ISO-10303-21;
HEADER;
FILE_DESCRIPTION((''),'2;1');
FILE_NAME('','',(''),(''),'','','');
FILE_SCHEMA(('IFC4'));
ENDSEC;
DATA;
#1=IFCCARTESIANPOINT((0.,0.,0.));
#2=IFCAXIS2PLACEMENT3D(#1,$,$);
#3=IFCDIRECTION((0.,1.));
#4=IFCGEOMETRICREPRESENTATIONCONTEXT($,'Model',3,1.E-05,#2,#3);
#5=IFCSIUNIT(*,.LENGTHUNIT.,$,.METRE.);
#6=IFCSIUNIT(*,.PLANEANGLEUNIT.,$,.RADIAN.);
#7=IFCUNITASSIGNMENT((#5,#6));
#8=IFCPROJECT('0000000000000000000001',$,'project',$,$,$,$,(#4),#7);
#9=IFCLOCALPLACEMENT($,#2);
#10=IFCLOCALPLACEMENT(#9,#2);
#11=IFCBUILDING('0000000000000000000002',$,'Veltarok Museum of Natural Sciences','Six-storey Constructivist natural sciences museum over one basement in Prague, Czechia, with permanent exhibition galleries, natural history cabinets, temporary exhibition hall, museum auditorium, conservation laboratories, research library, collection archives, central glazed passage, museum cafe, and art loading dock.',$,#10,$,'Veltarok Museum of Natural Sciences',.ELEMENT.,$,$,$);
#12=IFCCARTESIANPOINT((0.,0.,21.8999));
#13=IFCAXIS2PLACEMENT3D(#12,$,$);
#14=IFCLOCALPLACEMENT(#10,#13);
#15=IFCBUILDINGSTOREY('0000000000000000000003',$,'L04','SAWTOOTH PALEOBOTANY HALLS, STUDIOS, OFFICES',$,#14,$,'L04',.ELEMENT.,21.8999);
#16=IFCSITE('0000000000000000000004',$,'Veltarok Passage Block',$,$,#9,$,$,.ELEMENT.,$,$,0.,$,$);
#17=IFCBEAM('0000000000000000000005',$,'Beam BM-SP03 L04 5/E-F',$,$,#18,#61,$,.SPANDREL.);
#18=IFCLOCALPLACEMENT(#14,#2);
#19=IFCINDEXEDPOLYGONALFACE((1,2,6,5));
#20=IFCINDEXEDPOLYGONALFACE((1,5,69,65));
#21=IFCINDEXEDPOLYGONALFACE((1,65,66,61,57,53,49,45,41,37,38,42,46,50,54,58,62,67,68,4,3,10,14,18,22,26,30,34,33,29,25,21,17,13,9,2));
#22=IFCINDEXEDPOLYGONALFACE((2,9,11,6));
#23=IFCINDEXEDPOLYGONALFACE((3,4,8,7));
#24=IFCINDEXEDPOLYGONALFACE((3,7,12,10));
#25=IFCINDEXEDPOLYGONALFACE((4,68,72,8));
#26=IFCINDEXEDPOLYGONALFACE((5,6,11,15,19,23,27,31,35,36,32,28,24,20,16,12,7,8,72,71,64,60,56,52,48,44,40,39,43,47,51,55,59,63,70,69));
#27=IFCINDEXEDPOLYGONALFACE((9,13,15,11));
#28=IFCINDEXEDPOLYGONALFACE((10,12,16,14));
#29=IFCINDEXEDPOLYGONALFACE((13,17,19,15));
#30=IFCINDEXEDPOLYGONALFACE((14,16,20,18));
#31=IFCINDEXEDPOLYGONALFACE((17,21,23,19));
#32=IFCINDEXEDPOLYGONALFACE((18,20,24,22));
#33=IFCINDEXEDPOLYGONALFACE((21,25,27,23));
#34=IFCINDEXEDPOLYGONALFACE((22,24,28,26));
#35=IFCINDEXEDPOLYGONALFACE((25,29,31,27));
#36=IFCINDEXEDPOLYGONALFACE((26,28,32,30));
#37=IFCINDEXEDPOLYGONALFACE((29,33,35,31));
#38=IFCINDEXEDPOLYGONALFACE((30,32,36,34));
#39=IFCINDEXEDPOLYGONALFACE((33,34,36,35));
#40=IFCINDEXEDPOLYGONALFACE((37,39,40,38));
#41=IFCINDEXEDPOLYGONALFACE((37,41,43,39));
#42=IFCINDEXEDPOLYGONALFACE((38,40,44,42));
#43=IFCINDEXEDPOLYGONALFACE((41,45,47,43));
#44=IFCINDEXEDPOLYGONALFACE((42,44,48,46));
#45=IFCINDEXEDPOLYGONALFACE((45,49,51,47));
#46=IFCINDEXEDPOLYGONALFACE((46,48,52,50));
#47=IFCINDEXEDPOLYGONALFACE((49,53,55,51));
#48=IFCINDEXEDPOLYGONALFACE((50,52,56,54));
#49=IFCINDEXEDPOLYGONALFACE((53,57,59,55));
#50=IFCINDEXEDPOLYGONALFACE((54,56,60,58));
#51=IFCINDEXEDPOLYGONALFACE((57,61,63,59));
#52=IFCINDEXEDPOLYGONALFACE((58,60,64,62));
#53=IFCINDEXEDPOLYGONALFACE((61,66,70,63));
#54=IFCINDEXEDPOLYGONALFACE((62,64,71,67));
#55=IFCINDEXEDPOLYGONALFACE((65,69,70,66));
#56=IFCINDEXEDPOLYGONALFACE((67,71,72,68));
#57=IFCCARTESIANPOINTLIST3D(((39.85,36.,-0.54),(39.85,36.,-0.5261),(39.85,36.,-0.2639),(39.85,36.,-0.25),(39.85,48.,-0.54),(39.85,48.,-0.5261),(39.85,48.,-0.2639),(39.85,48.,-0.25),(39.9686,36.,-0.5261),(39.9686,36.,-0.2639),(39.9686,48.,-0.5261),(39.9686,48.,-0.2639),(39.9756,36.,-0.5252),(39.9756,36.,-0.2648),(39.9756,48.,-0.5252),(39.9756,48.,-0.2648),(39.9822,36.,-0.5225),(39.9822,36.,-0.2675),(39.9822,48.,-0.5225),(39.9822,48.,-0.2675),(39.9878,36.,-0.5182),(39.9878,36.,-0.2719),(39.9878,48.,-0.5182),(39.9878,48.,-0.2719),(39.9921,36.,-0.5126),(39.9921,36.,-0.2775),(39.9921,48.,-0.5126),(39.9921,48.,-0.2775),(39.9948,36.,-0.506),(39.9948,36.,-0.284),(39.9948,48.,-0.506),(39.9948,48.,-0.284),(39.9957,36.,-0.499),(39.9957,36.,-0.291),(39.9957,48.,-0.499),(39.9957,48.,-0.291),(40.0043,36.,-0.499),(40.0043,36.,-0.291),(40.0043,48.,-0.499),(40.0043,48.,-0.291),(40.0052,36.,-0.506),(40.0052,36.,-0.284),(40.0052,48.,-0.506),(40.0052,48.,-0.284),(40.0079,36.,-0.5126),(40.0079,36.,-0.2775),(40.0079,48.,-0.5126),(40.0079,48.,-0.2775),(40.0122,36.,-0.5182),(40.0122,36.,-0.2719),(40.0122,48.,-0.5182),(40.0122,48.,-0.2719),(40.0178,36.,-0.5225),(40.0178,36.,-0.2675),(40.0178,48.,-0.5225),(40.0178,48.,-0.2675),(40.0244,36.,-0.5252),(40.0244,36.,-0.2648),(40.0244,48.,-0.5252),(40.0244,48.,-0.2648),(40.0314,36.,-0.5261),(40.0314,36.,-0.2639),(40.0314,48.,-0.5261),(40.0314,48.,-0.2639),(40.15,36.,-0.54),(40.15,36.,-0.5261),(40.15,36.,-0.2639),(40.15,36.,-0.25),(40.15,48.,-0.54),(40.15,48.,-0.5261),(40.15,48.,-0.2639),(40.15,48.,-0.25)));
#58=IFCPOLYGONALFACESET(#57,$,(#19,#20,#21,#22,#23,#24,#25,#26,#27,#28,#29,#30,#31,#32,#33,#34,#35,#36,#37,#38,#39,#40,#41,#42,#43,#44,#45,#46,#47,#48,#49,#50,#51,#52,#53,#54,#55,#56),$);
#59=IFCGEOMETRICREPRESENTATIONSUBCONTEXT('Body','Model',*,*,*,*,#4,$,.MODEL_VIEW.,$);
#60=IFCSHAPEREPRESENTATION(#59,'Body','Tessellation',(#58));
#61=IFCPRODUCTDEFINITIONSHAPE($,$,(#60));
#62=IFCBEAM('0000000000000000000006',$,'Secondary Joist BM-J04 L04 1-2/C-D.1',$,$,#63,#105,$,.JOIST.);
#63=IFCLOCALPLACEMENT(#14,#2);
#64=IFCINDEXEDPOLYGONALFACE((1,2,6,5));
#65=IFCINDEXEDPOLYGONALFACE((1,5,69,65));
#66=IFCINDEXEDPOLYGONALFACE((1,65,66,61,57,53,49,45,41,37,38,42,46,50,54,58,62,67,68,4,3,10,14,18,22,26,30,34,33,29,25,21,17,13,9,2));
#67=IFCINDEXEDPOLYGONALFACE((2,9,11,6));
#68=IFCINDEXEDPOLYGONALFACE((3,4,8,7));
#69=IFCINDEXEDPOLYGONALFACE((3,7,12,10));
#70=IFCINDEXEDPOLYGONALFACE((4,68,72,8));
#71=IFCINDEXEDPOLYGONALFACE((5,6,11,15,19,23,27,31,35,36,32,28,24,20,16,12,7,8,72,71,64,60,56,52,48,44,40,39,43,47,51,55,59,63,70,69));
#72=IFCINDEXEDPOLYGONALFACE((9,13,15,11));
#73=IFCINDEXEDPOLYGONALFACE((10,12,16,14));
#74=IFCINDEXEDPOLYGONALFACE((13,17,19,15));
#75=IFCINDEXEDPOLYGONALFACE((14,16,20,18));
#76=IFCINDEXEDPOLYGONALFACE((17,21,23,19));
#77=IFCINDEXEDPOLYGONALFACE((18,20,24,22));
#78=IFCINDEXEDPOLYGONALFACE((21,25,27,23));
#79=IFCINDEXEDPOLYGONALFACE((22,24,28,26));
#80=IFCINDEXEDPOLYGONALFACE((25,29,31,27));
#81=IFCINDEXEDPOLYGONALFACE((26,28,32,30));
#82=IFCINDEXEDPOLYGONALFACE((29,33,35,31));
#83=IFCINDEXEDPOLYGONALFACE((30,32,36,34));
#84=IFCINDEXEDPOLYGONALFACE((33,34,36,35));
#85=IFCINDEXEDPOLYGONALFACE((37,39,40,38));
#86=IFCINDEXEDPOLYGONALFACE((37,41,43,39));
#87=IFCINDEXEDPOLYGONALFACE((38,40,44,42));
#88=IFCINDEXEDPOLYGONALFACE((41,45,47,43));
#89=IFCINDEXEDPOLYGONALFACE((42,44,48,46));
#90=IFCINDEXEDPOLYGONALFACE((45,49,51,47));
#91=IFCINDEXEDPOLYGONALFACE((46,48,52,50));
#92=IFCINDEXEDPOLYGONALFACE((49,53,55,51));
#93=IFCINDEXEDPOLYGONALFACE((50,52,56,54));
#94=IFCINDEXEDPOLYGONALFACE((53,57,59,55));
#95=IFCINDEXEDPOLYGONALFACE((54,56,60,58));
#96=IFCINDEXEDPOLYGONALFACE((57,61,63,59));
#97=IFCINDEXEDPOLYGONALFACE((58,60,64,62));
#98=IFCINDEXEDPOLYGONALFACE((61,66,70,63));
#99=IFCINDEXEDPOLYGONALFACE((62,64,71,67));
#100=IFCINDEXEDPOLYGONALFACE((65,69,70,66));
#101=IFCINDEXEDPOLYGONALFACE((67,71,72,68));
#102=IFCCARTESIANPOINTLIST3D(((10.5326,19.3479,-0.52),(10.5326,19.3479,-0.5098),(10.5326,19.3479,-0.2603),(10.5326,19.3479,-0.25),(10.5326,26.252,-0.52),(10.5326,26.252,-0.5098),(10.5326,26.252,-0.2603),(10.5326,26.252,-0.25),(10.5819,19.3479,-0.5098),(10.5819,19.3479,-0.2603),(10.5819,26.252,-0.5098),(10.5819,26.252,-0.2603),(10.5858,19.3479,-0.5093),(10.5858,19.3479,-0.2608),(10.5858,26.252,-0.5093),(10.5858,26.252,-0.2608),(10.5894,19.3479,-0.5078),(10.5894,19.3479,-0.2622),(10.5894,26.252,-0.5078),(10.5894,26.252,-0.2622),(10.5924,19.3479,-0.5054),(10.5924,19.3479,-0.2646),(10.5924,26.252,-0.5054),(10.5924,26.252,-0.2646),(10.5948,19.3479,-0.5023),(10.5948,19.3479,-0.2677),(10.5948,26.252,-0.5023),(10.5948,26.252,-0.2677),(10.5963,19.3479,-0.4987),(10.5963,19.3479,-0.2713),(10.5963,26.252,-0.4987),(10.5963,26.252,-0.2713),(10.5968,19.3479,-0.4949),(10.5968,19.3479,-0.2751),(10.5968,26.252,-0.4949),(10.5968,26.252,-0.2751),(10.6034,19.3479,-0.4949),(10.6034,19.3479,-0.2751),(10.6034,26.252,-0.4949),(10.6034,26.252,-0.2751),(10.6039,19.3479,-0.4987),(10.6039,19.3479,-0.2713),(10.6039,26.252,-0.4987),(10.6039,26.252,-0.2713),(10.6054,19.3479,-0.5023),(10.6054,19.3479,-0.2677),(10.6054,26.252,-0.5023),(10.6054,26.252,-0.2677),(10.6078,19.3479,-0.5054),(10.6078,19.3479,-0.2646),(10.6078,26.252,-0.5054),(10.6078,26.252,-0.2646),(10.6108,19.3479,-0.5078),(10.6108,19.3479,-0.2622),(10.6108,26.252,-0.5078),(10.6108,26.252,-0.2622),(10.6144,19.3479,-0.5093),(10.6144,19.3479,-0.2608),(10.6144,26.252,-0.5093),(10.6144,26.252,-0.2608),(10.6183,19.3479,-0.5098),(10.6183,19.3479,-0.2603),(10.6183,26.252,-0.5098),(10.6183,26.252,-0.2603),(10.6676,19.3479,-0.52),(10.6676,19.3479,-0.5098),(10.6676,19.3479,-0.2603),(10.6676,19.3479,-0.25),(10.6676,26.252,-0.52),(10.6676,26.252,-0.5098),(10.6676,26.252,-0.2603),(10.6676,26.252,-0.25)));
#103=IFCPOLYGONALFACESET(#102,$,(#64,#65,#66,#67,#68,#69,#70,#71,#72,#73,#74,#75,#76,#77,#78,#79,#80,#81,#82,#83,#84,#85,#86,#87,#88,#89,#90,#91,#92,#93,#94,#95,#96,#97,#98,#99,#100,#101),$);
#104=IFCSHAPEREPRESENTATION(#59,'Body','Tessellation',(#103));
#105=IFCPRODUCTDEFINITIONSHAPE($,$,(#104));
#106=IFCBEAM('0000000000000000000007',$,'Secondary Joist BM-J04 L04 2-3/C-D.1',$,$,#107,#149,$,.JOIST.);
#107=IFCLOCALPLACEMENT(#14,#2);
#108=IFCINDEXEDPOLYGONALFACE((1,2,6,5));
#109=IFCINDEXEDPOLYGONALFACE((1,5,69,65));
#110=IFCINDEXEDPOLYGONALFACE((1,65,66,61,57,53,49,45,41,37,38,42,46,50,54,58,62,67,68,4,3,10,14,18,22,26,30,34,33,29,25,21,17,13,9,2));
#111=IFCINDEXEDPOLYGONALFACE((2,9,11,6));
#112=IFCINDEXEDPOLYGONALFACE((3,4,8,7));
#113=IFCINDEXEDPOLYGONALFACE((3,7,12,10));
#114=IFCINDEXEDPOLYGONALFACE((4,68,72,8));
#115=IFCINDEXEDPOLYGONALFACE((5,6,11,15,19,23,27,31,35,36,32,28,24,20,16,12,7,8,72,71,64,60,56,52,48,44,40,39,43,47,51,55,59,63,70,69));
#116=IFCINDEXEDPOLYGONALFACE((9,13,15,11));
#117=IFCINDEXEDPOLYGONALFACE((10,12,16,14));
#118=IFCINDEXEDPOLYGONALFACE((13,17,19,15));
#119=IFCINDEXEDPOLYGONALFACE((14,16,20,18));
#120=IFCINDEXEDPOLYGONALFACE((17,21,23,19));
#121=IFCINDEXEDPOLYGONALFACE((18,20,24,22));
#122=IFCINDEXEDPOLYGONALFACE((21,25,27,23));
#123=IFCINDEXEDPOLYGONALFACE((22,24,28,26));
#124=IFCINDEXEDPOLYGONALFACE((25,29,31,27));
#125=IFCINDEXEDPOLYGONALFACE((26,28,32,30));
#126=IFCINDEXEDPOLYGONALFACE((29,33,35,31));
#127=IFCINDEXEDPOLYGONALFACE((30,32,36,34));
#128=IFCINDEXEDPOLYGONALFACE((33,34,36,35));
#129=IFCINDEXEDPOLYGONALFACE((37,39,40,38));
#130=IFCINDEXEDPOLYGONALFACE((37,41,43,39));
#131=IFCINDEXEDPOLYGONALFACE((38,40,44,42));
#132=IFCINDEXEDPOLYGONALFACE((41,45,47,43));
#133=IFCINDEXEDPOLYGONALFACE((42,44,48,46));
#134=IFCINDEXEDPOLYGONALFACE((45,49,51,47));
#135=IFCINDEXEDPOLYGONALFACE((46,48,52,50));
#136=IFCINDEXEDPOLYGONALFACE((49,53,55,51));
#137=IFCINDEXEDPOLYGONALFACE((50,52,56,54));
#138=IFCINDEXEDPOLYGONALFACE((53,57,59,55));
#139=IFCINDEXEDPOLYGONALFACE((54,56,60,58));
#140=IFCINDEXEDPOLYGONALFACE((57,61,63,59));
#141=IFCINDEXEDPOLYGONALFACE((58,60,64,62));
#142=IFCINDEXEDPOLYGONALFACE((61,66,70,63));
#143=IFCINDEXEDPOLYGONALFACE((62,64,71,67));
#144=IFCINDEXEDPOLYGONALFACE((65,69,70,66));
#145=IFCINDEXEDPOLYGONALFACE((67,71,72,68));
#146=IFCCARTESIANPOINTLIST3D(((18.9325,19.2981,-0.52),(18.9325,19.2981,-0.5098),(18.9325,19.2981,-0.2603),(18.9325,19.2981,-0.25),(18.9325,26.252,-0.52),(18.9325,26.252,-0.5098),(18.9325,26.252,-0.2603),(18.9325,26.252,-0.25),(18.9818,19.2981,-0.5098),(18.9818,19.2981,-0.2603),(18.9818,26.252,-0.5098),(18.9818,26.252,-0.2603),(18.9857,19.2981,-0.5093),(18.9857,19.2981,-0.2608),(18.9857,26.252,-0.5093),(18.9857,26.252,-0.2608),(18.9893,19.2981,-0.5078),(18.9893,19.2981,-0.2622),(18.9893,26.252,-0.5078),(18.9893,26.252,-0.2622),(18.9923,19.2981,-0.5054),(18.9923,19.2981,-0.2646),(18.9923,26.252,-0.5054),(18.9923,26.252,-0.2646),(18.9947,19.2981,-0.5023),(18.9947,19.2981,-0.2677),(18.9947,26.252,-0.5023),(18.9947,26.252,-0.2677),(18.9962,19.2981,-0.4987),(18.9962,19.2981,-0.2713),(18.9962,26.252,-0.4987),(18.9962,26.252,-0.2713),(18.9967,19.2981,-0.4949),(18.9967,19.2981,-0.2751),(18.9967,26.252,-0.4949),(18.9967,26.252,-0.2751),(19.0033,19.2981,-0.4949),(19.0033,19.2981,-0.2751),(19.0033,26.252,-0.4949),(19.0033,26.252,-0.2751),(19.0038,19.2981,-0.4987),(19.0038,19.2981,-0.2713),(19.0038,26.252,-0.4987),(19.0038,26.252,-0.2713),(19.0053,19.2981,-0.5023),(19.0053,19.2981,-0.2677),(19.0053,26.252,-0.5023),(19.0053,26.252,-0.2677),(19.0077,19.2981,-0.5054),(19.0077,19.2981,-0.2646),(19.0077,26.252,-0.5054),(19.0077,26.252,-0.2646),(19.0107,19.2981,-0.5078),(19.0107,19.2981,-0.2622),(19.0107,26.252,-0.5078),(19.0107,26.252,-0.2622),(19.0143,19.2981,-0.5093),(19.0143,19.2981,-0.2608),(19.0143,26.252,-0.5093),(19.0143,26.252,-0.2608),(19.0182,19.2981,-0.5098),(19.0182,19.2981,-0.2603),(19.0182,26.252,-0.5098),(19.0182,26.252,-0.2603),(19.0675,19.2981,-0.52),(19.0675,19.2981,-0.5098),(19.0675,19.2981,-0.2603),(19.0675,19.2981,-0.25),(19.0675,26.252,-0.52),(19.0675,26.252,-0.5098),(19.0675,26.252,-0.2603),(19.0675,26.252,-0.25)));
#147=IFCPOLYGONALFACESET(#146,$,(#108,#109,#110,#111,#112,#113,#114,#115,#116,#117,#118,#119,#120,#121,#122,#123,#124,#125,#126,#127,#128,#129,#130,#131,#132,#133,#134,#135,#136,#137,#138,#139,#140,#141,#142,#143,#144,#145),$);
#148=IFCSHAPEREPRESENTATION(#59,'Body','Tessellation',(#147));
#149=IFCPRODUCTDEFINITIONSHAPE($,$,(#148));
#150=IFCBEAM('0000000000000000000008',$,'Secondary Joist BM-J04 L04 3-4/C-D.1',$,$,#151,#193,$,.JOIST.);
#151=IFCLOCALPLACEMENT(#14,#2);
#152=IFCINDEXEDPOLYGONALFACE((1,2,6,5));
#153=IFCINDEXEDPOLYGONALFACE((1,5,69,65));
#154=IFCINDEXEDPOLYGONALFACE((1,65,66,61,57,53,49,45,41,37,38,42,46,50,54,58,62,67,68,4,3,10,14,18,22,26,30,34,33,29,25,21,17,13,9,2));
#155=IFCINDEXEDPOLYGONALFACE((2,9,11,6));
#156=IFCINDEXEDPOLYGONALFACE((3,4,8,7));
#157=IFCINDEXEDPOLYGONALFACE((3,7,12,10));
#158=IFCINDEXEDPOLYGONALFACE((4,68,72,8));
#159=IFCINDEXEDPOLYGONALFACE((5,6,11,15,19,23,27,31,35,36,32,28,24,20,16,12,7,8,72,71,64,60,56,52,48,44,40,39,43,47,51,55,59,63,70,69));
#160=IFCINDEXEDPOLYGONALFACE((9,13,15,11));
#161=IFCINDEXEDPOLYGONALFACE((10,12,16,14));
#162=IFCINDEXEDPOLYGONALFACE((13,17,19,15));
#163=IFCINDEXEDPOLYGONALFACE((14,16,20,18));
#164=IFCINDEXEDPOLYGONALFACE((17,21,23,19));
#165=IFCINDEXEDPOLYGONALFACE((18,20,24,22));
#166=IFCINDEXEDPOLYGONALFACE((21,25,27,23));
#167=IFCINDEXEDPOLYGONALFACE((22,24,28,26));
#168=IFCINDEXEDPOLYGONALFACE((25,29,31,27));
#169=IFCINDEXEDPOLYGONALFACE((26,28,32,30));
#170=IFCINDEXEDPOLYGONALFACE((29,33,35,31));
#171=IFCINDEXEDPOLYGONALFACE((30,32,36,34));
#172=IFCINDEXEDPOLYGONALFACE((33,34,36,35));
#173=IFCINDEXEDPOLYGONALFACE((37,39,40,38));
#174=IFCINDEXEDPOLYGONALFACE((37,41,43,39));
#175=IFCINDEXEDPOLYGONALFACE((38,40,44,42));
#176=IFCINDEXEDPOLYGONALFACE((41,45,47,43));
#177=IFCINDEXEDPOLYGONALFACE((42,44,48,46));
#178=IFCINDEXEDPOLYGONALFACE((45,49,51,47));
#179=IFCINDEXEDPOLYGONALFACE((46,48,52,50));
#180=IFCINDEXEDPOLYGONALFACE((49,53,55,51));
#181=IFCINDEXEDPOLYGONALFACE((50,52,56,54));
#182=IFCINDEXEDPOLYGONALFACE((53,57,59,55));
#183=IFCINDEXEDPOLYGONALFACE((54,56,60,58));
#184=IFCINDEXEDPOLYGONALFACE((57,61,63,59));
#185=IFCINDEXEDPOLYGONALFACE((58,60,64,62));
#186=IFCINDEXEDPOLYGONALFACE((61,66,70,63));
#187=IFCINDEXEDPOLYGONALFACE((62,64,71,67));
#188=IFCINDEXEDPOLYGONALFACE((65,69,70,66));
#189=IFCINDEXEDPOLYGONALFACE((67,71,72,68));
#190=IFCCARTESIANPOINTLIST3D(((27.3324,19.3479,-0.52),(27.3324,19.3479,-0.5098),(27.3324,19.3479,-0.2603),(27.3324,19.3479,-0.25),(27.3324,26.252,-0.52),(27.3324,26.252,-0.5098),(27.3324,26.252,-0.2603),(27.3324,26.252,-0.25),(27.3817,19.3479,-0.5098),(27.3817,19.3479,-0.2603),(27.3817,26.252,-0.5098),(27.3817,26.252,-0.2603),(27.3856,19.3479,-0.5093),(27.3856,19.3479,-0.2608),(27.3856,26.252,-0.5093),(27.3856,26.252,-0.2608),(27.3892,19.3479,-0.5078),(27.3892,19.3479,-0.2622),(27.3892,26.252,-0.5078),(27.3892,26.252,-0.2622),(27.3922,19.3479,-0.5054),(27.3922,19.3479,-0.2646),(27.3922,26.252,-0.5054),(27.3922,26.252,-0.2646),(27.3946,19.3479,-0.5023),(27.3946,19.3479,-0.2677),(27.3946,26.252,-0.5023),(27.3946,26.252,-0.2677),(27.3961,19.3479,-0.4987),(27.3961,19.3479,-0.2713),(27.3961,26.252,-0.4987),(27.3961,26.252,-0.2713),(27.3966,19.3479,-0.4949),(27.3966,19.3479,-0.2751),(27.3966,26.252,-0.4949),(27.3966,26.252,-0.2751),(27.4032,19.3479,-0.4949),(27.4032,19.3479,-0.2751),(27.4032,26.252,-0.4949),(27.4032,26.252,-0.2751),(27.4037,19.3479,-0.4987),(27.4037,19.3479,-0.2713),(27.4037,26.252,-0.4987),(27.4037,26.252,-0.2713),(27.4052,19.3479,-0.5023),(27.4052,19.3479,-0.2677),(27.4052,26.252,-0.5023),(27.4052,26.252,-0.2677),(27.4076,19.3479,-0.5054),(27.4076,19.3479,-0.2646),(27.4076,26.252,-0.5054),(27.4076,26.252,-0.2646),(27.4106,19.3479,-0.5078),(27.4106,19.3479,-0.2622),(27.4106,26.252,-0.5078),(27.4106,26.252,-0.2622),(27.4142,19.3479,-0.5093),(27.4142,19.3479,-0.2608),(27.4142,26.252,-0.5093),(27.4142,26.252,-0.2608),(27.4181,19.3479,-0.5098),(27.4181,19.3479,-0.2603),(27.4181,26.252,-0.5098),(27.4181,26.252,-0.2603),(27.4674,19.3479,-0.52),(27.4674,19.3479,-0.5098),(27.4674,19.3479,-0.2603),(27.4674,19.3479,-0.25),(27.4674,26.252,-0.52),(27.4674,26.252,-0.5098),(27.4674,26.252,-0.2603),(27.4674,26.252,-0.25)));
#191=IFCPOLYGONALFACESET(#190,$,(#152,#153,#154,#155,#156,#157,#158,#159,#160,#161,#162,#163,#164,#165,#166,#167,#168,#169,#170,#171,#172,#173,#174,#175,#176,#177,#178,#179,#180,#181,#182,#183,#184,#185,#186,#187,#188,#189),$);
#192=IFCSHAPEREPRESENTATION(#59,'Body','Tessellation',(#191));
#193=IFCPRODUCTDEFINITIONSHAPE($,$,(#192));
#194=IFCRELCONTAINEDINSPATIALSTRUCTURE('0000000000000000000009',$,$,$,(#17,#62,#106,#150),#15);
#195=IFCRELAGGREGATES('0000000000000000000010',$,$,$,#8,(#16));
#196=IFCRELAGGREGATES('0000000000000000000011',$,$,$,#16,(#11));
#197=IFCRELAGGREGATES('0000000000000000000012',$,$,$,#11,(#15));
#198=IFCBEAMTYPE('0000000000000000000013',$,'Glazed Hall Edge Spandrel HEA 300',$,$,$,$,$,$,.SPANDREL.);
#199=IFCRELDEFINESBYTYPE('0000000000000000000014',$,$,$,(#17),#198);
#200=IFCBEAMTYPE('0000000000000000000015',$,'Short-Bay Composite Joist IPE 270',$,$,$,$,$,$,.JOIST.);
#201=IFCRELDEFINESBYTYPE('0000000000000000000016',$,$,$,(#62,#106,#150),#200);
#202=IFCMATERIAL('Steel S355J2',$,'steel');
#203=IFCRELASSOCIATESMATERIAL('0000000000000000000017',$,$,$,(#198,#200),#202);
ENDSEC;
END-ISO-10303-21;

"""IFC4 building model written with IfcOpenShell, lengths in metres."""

from ifc_helpers import new_model, si_unit, direction, frame, origin, origin_2d, place, context, subcontext, project, spatial, i_section, extrude, material, material_profile, profile_set, type_object, element, save


model = new_model("IFC4")

# Units and contexts
model_context = context("Model", 3, precision=1e-05, world=origin(), true_north=direction((0.0, 1.0)))
body_context = subcontext(model_context, "Body", "Model", "MODEL_VIEW")
ifc_project = project(units=[si_unit("LENGTHUNIT", "METRE"), si_unit("PLANEANGLEUNIT", "RADIAN")], contexts=[model_context])

# Site, building, storey
site_placement = place(None, origin())
site = spatial("IfcSite", under=ifc_project, at=site_placement, Name="Veltarok Passage Block", CompositionType="ELEMENT", RefElevation=0.0)
building_placement = place(site_placement, origin())
building = spatial("IfcBuilding", under=site, at=building_placement, Name="Veltarok Museum of Natural Sciences", Description="Six-storey Constructivist natural sciences museum over one basement in Prague, Czechia, with permanent exhibition galleries, natural history cabinets, temporary exhibition hall, museum auditorium, conservation laboratories, research library, collection archives, central glazed passage, museum cafe, and art loading dock.", LongName="Veltarok Museum of Natural Sciences", CompositionType="ELEMENT")
storey_placement = place(building_placement, frame((0.0, 0.0, 21.8999)))
storey = spatial("IfcBuildingStorey", under=building, at=storey_placement, Name="L04", Description="SAWTOOTH PALEOBOTANY HALLS, STUDIOS, OFFICES", LongName="L04", CompositionType="ELEMENT", Elevation=21.8999)

# Shared definitions
ifc_material_1 = material(Name="Steel S355J2", Category="steel")

# Beams
ifc_material_profile_1 = material_profile(ifc_material_1, i_section(OverallWidth=0.3, OverallDepth=0.29, WebThickness=0.0085, FlangeThickness=0.0139, FilletRadius=0.0271, at=origin_2d()), Name="HEA 300")
ifc_profile_set_1 = profile_set([ifc_material_profile_1], Name="Steel S355J2")
beam_type_1 = type_object("IfcBeamType", Name="Glazed Hall Edge Spandrel HEA 300", PredefinedType="SPANDREL", material=ifc_profile_set_1)
beam_1_placement = place(storey_placement, frame((40.0, 36.0, -0.395), z_axis=(0.0, 1.0, 0.0), x_axis=(-1.0, 0.0, 0.0)))
element("IfcBeam", 1, at=beam_1_placement, inside=storey, type_object=beam_type_1, Name="Beam BM-SP03 L04 5/E-F", PredefinedType="SPANDREL", context=body_context, shape_type="SweptSolid", body=[
    extrude(i_section(OverallWidth=0.3, OverallDepth=0.29, WebThickness=0.0085, FlangeThickness=0.0139, FilletRadius=0.0271, at=origin_2d()), origin(), (0.0, 0.0, 1.0), 12.0),
])
ifc_material_profile_2 = material_profile(ifc_material_1, i_section(OverallWidth=0.135, OverallDepth=0.27, WebThickness=0.0066, FlangeThickness=0.0103, FilletRadius=0.0149, at=origin_2d()), Name="IPE 270")
ifc_profile_set_2 = profile_set([ifc_material_profile_2], Name="Steel S355J2")
beam_type_2 = type_object("IfcBeamType", Name="Short-Bay Composite Joist IPE 270", PredefinedType="JOIST", material=ifc_profile_set_2)
beam_2_placement = place(storey_placement, frame((10.6001, 19.3479, -0.385), z_axis=(0.0, 1.0, 0.0), x_axis=(-1.0, 0.0, 0.0)))
element("IfcBeam", 2, at=beam_2_placement, inside=storey, type_object=beam_type_2, Name="Secondary Joist BM-J04 L04 1-2/C-D.1", PredefinedType="JOIST", context=body_context, shape_type="SweptSolid", body=[
    extrude(i_section(OverallWidth=0.135, OverallDepth=0.27, WebThickness=0.0066, FlangeThickness=0.0103, FilletRadius=0.0149, at=origin_2d()), origin(), (0.0, 0.0, 1.0), 6.9041),
])
beam_3_placement = place(storey_placement, frame((19.0, 19.2981, -0.385), z_axis=(0.0, 1.0, 0.0), x_axis=(-1.0, 0.0, 0.0)))
element("IfcBeam", 3, at=beam_3_placement, inside=storey, type_object=beam_type_2, Name="Secondary Joist BM-J04 L04 2-3/C-D.1", PredefinedType="JOIST", context=body_context, shape_type="SweptSolid", body=[
    extrude(i_section(OverallWidth=0.135, OverallDepth=0.27, WebThickness=0.0066, FlangeThickness=0.0103, FilletRadius=0.0149, at=origin_2d()), origin(), (0.0, 0.0, 1.0), 6.9539),
])
beam_4_placement = place(storey_placement, frame((27.3999, 19.3479, -0.385), z_axis=(0.0, 1.0, 0.0), x_axis=(-1.0, 0.0, 0.0)))
element("IfcBeam", 4, at=beam_4_placement, inside=storey, type_object=beam_type_2, Name="Secondary Joist BM-J04 L04 3-4/C-D.1", PredefinedType="JOIST", context=body_context, shape_type="SweptSolid", body=[
    extrude(i_section(OverallWidth=0.135, OverallDepth=0.27, WebThickness=0.0066, FlangeThickness=0.0103, FilletRadius=0.0149, at=origin_2d()), origin(), (0.0, 0.0, 1.0), 6.9041),
])

save(model, "model.ifc")
